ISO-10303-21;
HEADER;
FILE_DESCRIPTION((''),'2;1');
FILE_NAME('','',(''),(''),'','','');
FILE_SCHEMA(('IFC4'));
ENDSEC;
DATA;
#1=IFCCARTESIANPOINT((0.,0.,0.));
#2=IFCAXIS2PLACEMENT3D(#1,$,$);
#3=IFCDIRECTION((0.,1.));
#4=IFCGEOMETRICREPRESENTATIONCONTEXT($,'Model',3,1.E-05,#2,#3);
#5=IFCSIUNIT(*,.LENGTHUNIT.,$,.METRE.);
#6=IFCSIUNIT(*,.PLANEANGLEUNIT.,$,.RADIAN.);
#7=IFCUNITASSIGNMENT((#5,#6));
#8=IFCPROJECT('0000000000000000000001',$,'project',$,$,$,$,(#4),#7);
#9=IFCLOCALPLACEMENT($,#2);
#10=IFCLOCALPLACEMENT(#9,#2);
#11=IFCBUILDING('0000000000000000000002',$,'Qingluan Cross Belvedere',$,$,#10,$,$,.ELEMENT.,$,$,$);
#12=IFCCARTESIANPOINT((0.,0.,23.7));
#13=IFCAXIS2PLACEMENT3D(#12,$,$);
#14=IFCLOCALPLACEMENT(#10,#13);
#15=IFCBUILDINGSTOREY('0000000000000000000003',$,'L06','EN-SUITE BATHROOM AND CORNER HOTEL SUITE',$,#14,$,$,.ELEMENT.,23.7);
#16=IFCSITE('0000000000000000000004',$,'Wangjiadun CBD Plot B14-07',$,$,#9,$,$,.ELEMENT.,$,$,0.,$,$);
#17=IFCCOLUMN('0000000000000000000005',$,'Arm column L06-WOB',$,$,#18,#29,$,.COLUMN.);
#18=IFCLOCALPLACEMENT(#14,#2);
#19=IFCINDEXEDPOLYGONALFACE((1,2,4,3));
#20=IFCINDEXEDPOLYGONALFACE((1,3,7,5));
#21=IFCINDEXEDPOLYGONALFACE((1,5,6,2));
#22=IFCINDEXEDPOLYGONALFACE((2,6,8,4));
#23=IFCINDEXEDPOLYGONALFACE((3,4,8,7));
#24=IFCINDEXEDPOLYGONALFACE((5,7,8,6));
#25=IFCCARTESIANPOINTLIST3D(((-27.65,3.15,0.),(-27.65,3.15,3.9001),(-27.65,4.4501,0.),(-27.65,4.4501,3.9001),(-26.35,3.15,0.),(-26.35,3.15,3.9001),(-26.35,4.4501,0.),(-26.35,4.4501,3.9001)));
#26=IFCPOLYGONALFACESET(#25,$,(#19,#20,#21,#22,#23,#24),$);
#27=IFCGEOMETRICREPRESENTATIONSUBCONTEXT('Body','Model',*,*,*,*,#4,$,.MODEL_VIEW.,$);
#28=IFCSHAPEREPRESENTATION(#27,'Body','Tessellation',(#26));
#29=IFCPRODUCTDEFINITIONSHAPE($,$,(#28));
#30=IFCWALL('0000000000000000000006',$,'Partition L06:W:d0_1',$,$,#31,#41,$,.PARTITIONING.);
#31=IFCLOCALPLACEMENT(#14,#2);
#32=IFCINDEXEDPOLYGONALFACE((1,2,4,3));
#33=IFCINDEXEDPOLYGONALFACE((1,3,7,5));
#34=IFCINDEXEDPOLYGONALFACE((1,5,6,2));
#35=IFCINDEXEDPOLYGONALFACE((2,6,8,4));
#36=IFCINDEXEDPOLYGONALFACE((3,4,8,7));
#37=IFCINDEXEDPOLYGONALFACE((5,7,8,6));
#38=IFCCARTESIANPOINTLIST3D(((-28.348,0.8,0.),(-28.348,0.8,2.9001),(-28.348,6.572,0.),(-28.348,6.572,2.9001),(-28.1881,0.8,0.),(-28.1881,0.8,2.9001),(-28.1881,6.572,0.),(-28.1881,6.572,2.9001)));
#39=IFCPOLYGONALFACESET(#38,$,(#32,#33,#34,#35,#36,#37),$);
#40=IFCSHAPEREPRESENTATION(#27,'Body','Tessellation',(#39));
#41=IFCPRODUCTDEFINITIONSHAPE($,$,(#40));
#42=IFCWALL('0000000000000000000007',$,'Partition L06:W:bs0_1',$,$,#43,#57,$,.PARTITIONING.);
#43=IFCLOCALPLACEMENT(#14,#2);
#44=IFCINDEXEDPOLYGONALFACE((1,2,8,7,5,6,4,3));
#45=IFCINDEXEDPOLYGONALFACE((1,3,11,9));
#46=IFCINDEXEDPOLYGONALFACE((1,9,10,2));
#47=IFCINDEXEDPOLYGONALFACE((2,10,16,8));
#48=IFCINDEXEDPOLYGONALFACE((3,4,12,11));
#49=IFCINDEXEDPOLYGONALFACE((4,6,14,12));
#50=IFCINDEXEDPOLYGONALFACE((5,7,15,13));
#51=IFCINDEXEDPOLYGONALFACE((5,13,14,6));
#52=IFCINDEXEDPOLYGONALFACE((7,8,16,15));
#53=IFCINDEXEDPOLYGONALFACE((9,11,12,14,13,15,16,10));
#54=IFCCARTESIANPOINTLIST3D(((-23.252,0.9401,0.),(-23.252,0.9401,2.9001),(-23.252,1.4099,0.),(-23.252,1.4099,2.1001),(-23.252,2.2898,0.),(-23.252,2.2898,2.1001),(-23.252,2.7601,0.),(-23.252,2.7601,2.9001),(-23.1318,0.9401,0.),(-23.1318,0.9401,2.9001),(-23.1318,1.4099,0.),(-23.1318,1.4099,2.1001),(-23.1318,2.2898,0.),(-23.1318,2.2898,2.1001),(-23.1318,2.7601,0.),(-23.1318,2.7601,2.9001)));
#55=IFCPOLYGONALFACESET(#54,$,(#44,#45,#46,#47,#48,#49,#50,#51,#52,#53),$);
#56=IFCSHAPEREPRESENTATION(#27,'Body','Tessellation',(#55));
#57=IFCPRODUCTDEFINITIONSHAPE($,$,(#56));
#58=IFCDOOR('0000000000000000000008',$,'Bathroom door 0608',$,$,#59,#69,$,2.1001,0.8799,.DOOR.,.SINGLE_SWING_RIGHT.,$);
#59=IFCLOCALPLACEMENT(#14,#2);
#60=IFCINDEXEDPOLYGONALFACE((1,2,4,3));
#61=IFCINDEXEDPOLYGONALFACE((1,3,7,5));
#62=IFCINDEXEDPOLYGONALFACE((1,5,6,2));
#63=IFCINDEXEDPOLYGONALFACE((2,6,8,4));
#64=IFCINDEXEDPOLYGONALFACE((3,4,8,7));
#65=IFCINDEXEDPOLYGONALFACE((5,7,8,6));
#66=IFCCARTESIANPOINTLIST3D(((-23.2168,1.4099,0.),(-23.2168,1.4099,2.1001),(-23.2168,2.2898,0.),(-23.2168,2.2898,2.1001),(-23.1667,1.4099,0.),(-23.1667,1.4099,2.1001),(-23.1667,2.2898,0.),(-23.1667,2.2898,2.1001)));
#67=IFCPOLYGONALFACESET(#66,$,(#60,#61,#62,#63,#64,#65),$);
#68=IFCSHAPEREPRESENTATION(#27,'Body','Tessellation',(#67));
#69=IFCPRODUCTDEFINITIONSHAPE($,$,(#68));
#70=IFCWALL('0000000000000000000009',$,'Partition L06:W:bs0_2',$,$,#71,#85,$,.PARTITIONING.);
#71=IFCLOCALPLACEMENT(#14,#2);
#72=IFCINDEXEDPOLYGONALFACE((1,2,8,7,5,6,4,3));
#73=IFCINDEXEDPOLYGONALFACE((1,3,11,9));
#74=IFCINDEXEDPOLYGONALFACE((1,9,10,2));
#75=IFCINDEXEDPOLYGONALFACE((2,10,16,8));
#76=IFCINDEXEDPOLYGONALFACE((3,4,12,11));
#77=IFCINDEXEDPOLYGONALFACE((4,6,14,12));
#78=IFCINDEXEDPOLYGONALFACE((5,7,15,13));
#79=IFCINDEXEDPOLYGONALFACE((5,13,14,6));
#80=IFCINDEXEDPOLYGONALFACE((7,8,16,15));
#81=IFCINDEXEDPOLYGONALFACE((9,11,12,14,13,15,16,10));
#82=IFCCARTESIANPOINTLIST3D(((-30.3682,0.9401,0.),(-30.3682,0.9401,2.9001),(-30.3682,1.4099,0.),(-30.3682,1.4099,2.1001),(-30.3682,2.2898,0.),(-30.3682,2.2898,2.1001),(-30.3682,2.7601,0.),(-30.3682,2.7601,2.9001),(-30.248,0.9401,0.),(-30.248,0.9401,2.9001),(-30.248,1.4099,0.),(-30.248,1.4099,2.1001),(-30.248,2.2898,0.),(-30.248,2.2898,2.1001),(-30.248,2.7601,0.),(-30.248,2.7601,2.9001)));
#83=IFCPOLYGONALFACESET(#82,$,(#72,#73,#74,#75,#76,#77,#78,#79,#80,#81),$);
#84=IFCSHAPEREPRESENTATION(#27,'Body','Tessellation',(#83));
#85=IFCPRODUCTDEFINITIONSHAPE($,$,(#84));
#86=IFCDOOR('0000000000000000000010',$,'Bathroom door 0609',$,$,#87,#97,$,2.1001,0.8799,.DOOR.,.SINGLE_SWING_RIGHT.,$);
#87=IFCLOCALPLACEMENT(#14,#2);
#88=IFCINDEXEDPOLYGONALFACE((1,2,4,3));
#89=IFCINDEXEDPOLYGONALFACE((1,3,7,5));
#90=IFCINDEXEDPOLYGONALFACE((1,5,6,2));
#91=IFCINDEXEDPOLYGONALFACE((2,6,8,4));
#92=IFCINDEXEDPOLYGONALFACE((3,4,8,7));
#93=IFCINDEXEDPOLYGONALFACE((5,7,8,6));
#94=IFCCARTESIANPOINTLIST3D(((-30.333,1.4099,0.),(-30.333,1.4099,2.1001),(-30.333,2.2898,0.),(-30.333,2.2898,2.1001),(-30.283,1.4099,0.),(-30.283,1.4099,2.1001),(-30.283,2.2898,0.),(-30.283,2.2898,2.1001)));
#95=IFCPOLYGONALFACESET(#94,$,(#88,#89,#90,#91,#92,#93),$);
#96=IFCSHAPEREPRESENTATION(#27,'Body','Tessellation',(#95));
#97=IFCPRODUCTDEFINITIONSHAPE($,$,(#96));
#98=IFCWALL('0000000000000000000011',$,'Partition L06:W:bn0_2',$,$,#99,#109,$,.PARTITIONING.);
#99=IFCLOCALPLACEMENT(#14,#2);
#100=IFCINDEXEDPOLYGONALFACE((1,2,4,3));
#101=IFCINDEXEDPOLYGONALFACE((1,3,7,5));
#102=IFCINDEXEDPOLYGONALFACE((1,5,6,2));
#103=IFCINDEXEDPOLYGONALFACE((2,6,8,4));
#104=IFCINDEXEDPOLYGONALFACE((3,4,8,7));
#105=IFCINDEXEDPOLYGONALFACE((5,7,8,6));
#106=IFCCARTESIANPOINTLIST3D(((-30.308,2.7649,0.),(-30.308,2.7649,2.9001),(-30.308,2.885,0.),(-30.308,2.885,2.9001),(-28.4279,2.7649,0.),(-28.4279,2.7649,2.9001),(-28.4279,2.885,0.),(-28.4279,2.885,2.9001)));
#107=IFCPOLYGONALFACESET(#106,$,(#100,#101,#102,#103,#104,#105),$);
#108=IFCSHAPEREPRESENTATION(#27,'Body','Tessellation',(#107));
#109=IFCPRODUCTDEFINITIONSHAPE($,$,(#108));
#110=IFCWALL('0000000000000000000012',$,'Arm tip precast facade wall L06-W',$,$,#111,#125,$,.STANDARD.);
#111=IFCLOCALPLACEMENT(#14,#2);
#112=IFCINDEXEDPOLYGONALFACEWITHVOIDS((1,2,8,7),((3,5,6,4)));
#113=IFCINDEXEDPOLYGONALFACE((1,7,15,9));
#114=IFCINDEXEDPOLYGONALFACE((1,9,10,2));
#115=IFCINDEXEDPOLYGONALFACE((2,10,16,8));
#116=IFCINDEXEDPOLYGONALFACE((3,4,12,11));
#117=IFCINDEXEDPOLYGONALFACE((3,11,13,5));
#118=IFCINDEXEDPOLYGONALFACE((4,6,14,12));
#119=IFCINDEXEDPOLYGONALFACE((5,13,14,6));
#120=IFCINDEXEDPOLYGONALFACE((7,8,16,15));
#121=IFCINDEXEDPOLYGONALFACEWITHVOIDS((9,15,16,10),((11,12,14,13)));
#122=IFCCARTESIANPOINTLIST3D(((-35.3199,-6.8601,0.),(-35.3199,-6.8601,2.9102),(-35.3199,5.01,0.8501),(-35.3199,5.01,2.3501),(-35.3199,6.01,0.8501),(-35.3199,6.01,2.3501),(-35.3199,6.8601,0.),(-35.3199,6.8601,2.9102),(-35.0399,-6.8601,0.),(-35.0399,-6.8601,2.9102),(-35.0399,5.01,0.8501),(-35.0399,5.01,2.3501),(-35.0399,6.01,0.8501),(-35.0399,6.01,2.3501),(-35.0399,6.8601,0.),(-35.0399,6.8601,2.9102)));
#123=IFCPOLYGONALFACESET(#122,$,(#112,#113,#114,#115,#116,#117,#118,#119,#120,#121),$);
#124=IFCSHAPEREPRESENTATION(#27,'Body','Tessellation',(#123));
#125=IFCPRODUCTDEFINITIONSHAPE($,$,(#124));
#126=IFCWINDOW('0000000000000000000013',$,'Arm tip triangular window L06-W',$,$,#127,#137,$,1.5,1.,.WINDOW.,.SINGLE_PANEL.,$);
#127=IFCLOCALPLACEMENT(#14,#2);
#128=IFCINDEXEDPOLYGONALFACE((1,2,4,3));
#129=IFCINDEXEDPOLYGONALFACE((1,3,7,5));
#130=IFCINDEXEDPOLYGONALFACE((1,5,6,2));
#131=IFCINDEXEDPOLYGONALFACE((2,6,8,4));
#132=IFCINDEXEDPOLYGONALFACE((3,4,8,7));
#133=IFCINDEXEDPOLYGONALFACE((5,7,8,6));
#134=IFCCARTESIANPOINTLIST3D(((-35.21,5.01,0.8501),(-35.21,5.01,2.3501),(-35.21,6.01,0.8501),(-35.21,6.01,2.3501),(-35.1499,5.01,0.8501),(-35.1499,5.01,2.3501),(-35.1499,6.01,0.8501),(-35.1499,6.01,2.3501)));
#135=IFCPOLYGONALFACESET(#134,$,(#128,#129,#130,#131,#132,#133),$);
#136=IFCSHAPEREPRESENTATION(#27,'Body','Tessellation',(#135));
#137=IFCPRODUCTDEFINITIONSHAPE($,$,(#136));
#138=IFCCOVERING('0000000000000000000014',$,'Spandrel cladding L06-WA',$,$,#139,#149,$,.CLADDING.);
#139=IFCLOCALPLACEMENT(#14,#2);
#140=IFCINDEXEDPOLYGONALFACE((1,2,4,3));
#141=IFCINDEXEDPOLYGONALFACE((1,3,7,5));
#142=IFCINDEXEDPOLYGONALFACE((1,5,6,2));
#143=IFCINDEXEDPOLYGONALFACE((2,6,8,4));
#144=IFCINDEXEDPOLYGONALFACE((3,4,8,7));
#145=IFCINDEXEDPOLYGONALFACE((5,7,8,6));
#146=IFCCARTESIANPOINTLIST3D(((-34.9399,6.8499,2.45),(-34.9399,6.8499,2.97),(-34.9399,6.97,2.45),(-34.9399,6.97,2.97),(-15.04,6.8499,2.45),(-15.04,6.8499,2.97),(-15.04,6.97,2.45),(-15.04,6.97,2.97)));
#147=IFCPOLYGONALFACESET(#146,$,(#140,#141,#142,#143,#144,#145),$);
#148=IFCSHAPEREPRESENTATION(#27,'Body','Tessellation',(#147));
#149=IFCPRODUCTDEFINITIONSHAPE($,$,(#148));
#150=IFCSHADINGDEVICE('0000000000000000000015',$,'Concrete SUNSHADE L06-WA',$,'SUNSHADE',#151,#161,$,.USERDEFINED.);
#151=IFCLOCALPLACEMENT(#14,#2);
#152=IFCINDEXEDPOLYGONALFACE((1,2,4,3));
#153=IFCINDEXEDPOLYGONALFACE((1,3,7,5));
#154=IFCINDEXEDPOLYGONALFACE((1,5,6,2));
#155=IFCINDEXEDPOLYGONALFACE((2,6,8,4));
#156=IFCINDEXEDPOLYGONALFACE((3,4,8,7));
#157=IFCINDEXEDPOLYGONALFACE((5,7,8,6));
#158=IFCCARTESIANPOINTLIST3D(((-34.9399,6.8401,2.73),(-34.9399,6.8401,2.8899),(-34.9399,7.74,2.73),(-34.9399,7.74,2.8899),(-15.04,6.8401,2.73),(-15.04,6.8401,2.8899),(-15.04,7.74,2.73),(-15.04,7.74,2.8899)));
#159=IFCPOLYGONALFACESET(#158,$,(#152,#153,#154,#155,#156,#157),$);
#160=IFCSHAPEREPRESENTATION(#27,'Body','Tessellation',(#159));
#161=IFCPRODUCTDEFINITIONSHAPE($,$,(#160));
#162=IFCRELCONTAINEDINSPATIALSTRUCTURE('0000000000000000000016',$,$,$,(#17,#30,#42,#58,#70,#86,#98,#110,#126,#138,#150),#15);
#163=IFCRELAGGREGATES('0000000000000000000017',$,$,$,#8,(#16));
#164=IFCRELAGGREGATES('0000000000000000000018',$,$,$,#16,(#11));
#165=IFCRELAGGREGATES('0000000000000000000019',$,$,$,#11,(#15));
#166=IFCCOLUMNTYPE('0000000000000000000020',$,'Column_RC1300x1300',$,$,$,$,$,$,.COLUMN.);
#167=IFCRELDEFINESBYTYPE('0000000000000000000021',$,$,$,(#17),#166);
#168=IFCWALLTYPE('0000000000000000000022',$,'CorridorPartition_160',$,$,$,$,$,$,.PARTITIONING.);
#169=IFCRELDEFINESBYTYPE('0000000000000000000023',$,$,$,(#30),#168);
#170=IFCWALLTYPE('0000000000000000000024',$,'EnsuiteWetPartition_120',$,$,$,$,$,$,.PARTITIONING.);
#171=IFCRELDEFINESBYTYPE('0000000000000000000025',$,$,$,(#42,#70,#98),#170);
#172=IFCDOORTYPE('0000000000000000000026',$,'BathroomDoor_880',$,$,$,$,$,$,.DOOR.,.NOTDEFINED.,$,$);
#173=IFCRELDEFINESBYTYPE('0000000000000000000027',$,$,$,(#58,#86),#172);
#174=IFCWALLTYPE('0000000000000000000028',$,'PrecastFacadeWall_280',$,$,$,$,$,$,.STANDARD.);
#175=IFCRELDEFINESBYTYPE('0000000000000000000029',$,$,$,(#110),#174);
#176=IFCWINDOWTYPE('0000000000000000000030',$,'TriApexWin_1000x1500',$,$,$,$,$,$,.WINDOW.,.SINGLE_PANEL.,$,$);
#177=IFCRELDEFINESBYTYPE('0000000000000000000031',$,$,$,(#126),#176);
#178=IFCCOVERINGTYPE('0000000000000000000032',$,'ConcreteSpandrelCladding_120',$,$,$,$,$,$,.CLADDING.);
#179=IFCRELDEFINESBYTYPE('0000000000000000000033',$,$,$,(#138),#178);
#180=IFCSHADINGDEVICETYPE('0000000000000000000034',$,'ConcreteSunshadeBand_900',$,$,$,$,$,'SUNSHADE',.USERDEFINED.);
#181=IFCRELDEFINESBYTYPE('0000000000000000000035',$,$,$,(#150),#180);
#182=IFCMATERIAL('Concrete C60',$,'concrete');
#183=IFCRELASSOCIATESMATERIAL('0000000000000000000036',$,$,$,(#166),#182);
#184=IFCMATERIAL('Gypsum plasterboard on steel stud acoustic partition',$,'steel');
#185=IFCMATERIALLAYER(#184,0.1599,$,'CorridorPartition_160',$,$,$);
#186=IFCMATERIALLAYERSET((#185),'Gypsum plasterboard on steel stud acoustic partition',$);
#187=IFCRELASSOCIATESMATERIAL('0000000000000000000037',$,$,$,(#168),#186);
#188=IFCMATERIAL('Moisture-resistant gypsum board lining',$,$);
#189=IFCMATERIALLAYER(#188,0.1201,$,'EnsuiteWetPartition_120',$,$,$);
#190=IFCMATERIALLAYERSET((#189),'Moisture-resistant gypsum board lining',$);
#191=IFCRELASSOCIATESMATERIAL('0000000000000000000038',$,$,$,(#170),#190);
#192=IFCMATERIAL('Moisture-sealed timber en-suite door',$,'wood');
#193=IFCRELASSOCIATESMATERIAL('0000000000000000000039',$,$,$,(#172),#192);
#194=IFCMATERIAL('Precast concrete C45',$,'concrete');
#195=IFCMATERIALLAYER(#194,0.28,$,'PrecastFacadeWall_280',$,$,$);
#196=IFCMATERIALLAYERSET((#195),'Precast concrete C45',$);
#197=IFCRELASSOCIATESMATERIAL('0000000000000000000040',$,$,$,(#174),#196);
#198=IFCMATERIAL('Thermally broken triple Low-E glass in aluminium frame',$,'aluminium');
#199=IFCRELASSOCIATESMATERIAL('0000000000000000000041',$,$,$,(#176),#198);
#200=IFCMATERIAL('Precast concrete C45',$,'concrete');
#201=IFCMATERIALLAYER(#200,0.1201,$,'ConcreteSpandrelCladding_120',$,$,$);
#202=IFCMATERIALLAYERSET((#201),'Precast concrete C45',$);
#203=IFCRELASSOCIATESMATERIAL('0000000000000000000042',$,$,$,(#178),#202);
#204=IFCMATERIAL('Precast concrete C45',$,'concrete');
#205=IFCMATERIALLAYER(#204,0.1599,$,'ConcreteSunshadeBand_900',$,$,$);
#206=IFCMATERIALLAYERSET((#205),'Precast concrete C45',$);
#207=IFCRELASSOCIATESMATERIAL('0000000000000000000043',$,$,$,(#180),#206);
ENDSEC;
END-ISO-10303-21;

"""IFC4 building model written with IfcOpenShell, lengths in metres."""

from ifc_helpers import new_model, si_unit, direction, frame, frame_2d, origin, origin_2d, place, context, subcontext, project, spatial, rectangle, extrude, material, layer, layer_set, material_profile, profile_set, type_object, element, fill, save


model = new_model("IFC4")

# Units and contexts
model_context = context("Model", 3, precision=1e-05, world=origin(), true_north=direction((0.0, 1.0)))
body_context = subcontext(model_context, "Body", "Model", "MODEL_VIEW")
ifc_project = project(units=[si_unit("LENGTHUNIT", "METRE"), si_unit("PLANEANGLEUNIT", "RADIAN")], contexts=[model_context])

# Site, building, storey
site_placement = place(None, origin())
site = spatial("IfcSite", under=ifc_project, at=site_placement, Name="Wangjiadun CBD Plot B14-07", CompositionType="ELEMENT", RefElevation=0.0)
building_placement = place(site_placement, origin())
building = spatial("IfcBuilding", under=site, at=building_placement, Name="Qingluan Cross Belvedere", CompositionType="ELEMENT")
storey_placement = place(building_placement, frame((0.0, 0.0, 23.7)))
storey = spatial("IfcBuildingStorey", under=building, at=storey_placement, Name="L06", Description="EN-SUITE BATHROOM AND CORNER HOTEL SUITE", CompositionType="ELEMENT", Elevation=23.7)

# Column
ifc_material_1 = material(Name="Concrete C60", Category="concrete")
ifc_material_profile = material_profile(ifc_material_1, rectangle(XDim=1.3, YDim=1.3, at=origin_2d()), Name="RC1300x1300")
ifc_profile_set = profile_set([ifc_material_profile], Name="Concrete C60")
column_type = type_object("IfcColumnType", Name="Column_RC1300x1300", PredefinedType="COLUMN", material=ifc_profile_set)
column_placement = place(storey_placement, frame((-27.0, 3.8, 0.0), z_axis=(0.0, 0.0, 1.0), x_axis=(1.0, 0.0, 0.0)))
element("IfcColumn", 1, at=column_placement, inside=storey, type_object=column_type, Name="Arm column L06-WOB", PredefinedType="COLUMN", context=body_context, shape_type="SweptSolid", body=[
    extrude(rectangle(XDim=1.3, YDim=1.3, at=origin_2d()), origin(), (0.0, 0.0, 1.0), 3.9001),
])

# Wall
ifc_material_2 = material(Name="Gypsum plasterboard on steel stud acoustic partition", Category="steel")
ifc_layer_1 = layer(ifc_material_2, 0.1599, Name="CorridorPartition_160")
ifc_layer_set_1 = layer_set([ifc_layer_1], Name="Gypsum plasterboard on steel stud acoustic partition")
wall_type_1 = type_object("IfcWallType", Name="CorridorPartition_160", PredefinedType="PARTITIONING", material=ifc_layer_set_1)
wall_1_placement = place(storey_placement, frame((-28.2681, 0.8, 0.0), z_axis=(0.0, 0.0, 1.0), x_axis=(0.0, 1.0, 0.0)))
element("IfcWall", 2, at=wall_1_placement, inside=storey, type_object=wall_type_1, Name="Partition L06:W:d0_1", PredefinedType="PARTITIONING", context=body_context, shape_type="SweptSolid", body=[
    extrude(rectangle(XDim=5.772, YDim=0.1599, at=frame_2d((2.886, 0.0))), origin(), (0.0, 0.0, 1.0), 2.9001),
])

# Walls, openings, doors
ifc_material_3 = material(Name="Moisture-resistant gypsum board lining")
ifc_layer_2 = layer(ifc_material_3, 0.1201, Name="EnsuiteWetPartition_120")
ifc_layer_set_2 = layer_set([ifc_layer_2], Name="Moisture-resistant gypsum board lining")
wall_type_2 = type_object("IfcWallType", Name="EnsuiteWetPartition_120", PredefinedType="PARTITIONING", material=ifc_layer_set_2)
wall_2_placement = place(storey_placement, frame((-23.1919, 0.9399, 0.0), z_axis=(0.0, 0.0, 1.0), x_axis=(0.0, 1.0, 0.0)))
wall_2 = element("IfcWall", 3, at=wall_2_placement, inside=storey, type_object=wall_type_2, Name="Partition L06:W:bs0_1", PredefinedType="PARTITIONING", context=body_context, shape_type="SweptSolid", body=[
    extrude(rectangle(XDim=1.8201, YDim=0.1201, at=frame_2d((0.9102, 0.0))), origin(), (0.0, 0.0, 1.0), 2.9001),
])
opening_1_placement = place(wall_2_placement, frame((0.47, 0.0, 0.0)))
opening_1 = element("IfcOpeningElement", 4, at=opening_1_placement, cuts=wall_2, PredefinedType="OPENING", context=body_context, shape_type="SweptSolid", body=[
    extrude(rectangle(XDim=0.8799, YDim=2.1001, at=frame_2d((0.4399, 1.05))), frame((0.0, 0.0701, 0.0), z_axis=(0.0, -1.0, 0.0), x_axis=(1.0, 0.0, 0.0)), (0.0, 0.0, 1.0), 0.1401),
])
ifc_material_4 = material(Name="Moisture-sealed timber en-suite door", Category="wood")
door_type = type_object("IfcDoorType", Name="BathroomDoor_880", OperationType="NOTDEFINED", PredefinedType="DOOR", material=ifc_material_4)
door_1_placement = place(opening_1_placement, origin())
door_1 = element("IfcDoor", 5, at=door_1_placement, inside=storey, type_object=door_type, Name="Bathroom door 0608", OperationType="SINGLE_SWING_RIGHT", OverallHeight=2.1001, OverallWidth=0.8799, PredefinedType="DOOR", context=body_context, shape_type="SweptSolid", body=[
    extrude(rectangle(XDim=0.8799, YDim=2.1001, at=frame_2d((0.4399, 1.05))), frame((0.0, 0.0249, 0.0), z_axis=(0.0, -1.0, 0.0), x_axis=(1.0, 0.0, 0.0)), (0.0, 0.0, 1.0), 0.05),
])
fill(opening_1, door_1)
wall_3_placement = place(storey_placement, frame((-30.3081, 0.9399, 0.0), z_axis=(0.0, 0.0, 1.0), x_axis=(0.0, 1.0, 0.0)))
wall_3 = element("IfcWall", 6, at=wall_3_placement, inside=storey, type_object=wall_type_2, Name="Partition L06:W:bs0_2", PredefinedType="PARTITIONING", context=body_context, shape_type="SweptSolid", body=[
    extrude(rectangle(XDim=1.8201, YDim=0.1201, at=frame_2d((0.9102, 0.0))), origin(), (0.0, 0.0, 1.0), 2.9001),
])
opening_2_placement = place(wall_3_placement, frame((0.47, 0.0, 0.0)))
opening_2 = element("IfcOpeningElement", 7, at=opening_2_placement, cuts=wall_3, PredefinedType="OPENING", context=body_context, shape_type="SweptSolid", body=[
    extrude(rectangle(XDim=0.8799, YDim=2.1001, at=frame_2d((0.4399, 1.05))), frame((0.0, 0.0701, 0.0), z_axis=(0.0, -1.0, 0.0), x_axis=(1.0, 0.0, 0.0)), (0.0, 0.0, 1.0), 0.1401),
])
door_2_placement = place(opening_2_placement, origin())
door_2 = element("IfcDoor", 8, at=door_2_placement, inside=storey, type_object=door_type, Name="Bathroom door 0609", OperationType="SINGLE_SWING_RIGHT", OverallHeight=2.1001, OverallWidth=0.8799, PredefinedType="DOOR", context=body_context, shape_type="SweptSolid", body=[
    extrude(rectangle(XDim=0.8799, YDim=2.1001, at=frame_2d((0.4399, 1.05))), frame((0.0, 0.0249, 0.0), z_axis=(0.0, -1.0, 0.0), x_axis=(1.0, 0.0, 0.0)), (0.0, 0.0, 1.0), 0.05),
])
fill(opening_2, door_2)

# Wall
wall_4_placement = place(storey_placement, frame((-28.428, 2.825, 0.0), z_axis=(0.0, 0.0, 1.0), x_axis=(-1.0, 0.0, 0.0)))
element("IfcWall", 9, at=wall_4_placement, inside=storey, type_object=wall_type_2, Name="Partition L06:W:bn0_2", PredefinedType="PARTITIONING", context=body_context, shape_type="SweptSolid", body=[
    extrude(rectangle(XDim=1.8801, YDim=0.1201, at=frame_2d((0.9399, 0.0))), origin(), (0.0, 0.0, 1.0), 2.9001),
])

# Wall, opening, window
ifc_material_5 = material(Name="Precast concrete C45", Category="concrete")
ifc_layer_3 = layer(ifc_material_5, 0.28, Name="PrecastFacadeWall_280")
ifc_layer_set_3 = layer_set([ifc_layer_3], Name="Precast concrete C45")
wall_type_3 = type_object("IfcWallType", Name="PrecastFacadeWall_280", PredefinedType="STANDARD", material=ifc_layer_set_3)
wall_5_placement = place(storey_placement, frame((-35.1799, 6.8601, 0.0), z_axis=(0.0, 0.0, 1.0), x_axis=(0.0, -1.0, 0.0)))
wall_5 = element("IfcWall", 10, at=wall_5_placement, inside=storey, type_object=wall_type_3, Name="Arm tip precast facade wall L06-W", PredefinedType="STANDARD", context=body_context, shape_type="SweptSolid", body=[
    extrude(rectangle(XDim=13.7202, YDim=0.28, at=frame_2d((6.8601, 0.0))), origin(), (0.0, 0.0, 1.0), 2.9102),
])
opening_3_placement = place(wall_5_placement, frame((0.8501, 0.0, 0.8501)))
opening_3 = element("IfcOpeningElement", 11, at=opening_3_placement, cuts=wall_5, PredefinedType="OPENING", context=body_context, shape_type="SweptSolid", body=[
    extrude(rectangle(XDim=1.0, YDim=1.5, at=frame_2d((0.5, 0.75))), frame((0.0, 0.1499, 0.0), z_axis=(0.0, -1.0, 0.0), x_axis=(1.0, 0.0, 0.0)), (0.0, 0.0, 1.0), 0.3),
])
ifc_material_6 = material(Name="Thermally broken triple Low-E glass in aluminium frame", Category="aluminium")
window_type = type_object("IfcWindowType", Name="TriApexWin_1000x1500", PartitioningType="SINGLE_PANEL", PredefinedType="WINDOW", material=ifc_material_6)
window_placement = place(opening_3_placement, origin())
window = element("IfcWindow", 12, at=window_placement, inside=storey, type_object=window_type, Name="Arm tip triangular window L06-W", OverallHeight=1.5, OverallWidth=1.0, PartitioningType="SINGLE_PANEL", PredefinedType="WINDOW", context=body_context, shape_type="SweptSolid", body=[
    extrude(rectangle(XDim=1.0, YDim=1.5, at=frame_2d((0.5, 0.75))), frame((0.0, 0.03, 0.0), z_axis=(0.0, -1.0, 0.0), x_axis=(1.0, 0.0, 0.0)), (0.0, 0.0, 1.0), 0.0601),
])
fill(opening_3, window)

# Covering
ifc_material_7 = material(Name="Precast concrete C45", Category="concrete")
ifc_layer_4 = layer(ifc_material_7, 0.1201, Name="ConcreteSpandrelCladding_120")
ifc_layer_set_4 = layer_set([ifc_layer_4], Name="Precast concrete C45")
covering_type = type_object("IfcCoveringType", Name="ConcreteSpandrelCladding_120", PredefinedType="CLADDING", material=ifc_layer_set_4)
covering_placement = place(storey_placement, frame((-24.99, 6.9099, 2.45), z_axis=(0.0, 0.0, 1.0), x_axis=(-1.0, 0.0, 0.0)))
element("IfcCovering", 13, at=covering_placement, inside=storey, type_object=covering_type, Name="Spandrel cladding L06-WA", PredefinedType="CLADDING", context=body_context, shape_type="SweptSolid", body=[
    extrude(rectangle(XDim=19.8999, YDim=0.1201, at=origin_2d()), origin(), (0.0, 0.0, 1.0), 0.52),
])

# Shading device
ifc_material_8 = material(Name="Precast concrete C45", Category="concrete")
ifc_layer_5 = layer(ifc_material_8, 0.1599, Name="ConcreteSunshadeBand_900")
ifc_layer_set_5 = layer_set([ifc_layer_5], Name="Precast concrete C45")
shading_device_type = type_object("IfcShadingDeviceType", Name="ConcreteSunshadeBand_900", ElementType="SUNSHADE", PredefinedType="USERDEFINED", material=ifc_layer_set_5)
shading_device_placement = place(storey_placement, frame((-24.99, 7.29, 2.73), z_axis=(0.0, 0.0, 1.0), x_axis=(-1.0, 0.0, 0.0)))
element("IfcShadingDevice", 14, at=shading_device_placement, inside=storey, type_object=shading_device_type, Name="Concrete SUNSHADE L06-WA", ObjectType="SUNSHADE", PredefinedType="USERDEFINED", context=body_context, shape_type="SweptSolid", body=[
    extrude(rectangle(XDim=19.8999, YDim=0.8999, at=origin_2d()), origin(), (0.0, 0.0, 1.0), 0.1599),
])

save(model, "model.ifc")
